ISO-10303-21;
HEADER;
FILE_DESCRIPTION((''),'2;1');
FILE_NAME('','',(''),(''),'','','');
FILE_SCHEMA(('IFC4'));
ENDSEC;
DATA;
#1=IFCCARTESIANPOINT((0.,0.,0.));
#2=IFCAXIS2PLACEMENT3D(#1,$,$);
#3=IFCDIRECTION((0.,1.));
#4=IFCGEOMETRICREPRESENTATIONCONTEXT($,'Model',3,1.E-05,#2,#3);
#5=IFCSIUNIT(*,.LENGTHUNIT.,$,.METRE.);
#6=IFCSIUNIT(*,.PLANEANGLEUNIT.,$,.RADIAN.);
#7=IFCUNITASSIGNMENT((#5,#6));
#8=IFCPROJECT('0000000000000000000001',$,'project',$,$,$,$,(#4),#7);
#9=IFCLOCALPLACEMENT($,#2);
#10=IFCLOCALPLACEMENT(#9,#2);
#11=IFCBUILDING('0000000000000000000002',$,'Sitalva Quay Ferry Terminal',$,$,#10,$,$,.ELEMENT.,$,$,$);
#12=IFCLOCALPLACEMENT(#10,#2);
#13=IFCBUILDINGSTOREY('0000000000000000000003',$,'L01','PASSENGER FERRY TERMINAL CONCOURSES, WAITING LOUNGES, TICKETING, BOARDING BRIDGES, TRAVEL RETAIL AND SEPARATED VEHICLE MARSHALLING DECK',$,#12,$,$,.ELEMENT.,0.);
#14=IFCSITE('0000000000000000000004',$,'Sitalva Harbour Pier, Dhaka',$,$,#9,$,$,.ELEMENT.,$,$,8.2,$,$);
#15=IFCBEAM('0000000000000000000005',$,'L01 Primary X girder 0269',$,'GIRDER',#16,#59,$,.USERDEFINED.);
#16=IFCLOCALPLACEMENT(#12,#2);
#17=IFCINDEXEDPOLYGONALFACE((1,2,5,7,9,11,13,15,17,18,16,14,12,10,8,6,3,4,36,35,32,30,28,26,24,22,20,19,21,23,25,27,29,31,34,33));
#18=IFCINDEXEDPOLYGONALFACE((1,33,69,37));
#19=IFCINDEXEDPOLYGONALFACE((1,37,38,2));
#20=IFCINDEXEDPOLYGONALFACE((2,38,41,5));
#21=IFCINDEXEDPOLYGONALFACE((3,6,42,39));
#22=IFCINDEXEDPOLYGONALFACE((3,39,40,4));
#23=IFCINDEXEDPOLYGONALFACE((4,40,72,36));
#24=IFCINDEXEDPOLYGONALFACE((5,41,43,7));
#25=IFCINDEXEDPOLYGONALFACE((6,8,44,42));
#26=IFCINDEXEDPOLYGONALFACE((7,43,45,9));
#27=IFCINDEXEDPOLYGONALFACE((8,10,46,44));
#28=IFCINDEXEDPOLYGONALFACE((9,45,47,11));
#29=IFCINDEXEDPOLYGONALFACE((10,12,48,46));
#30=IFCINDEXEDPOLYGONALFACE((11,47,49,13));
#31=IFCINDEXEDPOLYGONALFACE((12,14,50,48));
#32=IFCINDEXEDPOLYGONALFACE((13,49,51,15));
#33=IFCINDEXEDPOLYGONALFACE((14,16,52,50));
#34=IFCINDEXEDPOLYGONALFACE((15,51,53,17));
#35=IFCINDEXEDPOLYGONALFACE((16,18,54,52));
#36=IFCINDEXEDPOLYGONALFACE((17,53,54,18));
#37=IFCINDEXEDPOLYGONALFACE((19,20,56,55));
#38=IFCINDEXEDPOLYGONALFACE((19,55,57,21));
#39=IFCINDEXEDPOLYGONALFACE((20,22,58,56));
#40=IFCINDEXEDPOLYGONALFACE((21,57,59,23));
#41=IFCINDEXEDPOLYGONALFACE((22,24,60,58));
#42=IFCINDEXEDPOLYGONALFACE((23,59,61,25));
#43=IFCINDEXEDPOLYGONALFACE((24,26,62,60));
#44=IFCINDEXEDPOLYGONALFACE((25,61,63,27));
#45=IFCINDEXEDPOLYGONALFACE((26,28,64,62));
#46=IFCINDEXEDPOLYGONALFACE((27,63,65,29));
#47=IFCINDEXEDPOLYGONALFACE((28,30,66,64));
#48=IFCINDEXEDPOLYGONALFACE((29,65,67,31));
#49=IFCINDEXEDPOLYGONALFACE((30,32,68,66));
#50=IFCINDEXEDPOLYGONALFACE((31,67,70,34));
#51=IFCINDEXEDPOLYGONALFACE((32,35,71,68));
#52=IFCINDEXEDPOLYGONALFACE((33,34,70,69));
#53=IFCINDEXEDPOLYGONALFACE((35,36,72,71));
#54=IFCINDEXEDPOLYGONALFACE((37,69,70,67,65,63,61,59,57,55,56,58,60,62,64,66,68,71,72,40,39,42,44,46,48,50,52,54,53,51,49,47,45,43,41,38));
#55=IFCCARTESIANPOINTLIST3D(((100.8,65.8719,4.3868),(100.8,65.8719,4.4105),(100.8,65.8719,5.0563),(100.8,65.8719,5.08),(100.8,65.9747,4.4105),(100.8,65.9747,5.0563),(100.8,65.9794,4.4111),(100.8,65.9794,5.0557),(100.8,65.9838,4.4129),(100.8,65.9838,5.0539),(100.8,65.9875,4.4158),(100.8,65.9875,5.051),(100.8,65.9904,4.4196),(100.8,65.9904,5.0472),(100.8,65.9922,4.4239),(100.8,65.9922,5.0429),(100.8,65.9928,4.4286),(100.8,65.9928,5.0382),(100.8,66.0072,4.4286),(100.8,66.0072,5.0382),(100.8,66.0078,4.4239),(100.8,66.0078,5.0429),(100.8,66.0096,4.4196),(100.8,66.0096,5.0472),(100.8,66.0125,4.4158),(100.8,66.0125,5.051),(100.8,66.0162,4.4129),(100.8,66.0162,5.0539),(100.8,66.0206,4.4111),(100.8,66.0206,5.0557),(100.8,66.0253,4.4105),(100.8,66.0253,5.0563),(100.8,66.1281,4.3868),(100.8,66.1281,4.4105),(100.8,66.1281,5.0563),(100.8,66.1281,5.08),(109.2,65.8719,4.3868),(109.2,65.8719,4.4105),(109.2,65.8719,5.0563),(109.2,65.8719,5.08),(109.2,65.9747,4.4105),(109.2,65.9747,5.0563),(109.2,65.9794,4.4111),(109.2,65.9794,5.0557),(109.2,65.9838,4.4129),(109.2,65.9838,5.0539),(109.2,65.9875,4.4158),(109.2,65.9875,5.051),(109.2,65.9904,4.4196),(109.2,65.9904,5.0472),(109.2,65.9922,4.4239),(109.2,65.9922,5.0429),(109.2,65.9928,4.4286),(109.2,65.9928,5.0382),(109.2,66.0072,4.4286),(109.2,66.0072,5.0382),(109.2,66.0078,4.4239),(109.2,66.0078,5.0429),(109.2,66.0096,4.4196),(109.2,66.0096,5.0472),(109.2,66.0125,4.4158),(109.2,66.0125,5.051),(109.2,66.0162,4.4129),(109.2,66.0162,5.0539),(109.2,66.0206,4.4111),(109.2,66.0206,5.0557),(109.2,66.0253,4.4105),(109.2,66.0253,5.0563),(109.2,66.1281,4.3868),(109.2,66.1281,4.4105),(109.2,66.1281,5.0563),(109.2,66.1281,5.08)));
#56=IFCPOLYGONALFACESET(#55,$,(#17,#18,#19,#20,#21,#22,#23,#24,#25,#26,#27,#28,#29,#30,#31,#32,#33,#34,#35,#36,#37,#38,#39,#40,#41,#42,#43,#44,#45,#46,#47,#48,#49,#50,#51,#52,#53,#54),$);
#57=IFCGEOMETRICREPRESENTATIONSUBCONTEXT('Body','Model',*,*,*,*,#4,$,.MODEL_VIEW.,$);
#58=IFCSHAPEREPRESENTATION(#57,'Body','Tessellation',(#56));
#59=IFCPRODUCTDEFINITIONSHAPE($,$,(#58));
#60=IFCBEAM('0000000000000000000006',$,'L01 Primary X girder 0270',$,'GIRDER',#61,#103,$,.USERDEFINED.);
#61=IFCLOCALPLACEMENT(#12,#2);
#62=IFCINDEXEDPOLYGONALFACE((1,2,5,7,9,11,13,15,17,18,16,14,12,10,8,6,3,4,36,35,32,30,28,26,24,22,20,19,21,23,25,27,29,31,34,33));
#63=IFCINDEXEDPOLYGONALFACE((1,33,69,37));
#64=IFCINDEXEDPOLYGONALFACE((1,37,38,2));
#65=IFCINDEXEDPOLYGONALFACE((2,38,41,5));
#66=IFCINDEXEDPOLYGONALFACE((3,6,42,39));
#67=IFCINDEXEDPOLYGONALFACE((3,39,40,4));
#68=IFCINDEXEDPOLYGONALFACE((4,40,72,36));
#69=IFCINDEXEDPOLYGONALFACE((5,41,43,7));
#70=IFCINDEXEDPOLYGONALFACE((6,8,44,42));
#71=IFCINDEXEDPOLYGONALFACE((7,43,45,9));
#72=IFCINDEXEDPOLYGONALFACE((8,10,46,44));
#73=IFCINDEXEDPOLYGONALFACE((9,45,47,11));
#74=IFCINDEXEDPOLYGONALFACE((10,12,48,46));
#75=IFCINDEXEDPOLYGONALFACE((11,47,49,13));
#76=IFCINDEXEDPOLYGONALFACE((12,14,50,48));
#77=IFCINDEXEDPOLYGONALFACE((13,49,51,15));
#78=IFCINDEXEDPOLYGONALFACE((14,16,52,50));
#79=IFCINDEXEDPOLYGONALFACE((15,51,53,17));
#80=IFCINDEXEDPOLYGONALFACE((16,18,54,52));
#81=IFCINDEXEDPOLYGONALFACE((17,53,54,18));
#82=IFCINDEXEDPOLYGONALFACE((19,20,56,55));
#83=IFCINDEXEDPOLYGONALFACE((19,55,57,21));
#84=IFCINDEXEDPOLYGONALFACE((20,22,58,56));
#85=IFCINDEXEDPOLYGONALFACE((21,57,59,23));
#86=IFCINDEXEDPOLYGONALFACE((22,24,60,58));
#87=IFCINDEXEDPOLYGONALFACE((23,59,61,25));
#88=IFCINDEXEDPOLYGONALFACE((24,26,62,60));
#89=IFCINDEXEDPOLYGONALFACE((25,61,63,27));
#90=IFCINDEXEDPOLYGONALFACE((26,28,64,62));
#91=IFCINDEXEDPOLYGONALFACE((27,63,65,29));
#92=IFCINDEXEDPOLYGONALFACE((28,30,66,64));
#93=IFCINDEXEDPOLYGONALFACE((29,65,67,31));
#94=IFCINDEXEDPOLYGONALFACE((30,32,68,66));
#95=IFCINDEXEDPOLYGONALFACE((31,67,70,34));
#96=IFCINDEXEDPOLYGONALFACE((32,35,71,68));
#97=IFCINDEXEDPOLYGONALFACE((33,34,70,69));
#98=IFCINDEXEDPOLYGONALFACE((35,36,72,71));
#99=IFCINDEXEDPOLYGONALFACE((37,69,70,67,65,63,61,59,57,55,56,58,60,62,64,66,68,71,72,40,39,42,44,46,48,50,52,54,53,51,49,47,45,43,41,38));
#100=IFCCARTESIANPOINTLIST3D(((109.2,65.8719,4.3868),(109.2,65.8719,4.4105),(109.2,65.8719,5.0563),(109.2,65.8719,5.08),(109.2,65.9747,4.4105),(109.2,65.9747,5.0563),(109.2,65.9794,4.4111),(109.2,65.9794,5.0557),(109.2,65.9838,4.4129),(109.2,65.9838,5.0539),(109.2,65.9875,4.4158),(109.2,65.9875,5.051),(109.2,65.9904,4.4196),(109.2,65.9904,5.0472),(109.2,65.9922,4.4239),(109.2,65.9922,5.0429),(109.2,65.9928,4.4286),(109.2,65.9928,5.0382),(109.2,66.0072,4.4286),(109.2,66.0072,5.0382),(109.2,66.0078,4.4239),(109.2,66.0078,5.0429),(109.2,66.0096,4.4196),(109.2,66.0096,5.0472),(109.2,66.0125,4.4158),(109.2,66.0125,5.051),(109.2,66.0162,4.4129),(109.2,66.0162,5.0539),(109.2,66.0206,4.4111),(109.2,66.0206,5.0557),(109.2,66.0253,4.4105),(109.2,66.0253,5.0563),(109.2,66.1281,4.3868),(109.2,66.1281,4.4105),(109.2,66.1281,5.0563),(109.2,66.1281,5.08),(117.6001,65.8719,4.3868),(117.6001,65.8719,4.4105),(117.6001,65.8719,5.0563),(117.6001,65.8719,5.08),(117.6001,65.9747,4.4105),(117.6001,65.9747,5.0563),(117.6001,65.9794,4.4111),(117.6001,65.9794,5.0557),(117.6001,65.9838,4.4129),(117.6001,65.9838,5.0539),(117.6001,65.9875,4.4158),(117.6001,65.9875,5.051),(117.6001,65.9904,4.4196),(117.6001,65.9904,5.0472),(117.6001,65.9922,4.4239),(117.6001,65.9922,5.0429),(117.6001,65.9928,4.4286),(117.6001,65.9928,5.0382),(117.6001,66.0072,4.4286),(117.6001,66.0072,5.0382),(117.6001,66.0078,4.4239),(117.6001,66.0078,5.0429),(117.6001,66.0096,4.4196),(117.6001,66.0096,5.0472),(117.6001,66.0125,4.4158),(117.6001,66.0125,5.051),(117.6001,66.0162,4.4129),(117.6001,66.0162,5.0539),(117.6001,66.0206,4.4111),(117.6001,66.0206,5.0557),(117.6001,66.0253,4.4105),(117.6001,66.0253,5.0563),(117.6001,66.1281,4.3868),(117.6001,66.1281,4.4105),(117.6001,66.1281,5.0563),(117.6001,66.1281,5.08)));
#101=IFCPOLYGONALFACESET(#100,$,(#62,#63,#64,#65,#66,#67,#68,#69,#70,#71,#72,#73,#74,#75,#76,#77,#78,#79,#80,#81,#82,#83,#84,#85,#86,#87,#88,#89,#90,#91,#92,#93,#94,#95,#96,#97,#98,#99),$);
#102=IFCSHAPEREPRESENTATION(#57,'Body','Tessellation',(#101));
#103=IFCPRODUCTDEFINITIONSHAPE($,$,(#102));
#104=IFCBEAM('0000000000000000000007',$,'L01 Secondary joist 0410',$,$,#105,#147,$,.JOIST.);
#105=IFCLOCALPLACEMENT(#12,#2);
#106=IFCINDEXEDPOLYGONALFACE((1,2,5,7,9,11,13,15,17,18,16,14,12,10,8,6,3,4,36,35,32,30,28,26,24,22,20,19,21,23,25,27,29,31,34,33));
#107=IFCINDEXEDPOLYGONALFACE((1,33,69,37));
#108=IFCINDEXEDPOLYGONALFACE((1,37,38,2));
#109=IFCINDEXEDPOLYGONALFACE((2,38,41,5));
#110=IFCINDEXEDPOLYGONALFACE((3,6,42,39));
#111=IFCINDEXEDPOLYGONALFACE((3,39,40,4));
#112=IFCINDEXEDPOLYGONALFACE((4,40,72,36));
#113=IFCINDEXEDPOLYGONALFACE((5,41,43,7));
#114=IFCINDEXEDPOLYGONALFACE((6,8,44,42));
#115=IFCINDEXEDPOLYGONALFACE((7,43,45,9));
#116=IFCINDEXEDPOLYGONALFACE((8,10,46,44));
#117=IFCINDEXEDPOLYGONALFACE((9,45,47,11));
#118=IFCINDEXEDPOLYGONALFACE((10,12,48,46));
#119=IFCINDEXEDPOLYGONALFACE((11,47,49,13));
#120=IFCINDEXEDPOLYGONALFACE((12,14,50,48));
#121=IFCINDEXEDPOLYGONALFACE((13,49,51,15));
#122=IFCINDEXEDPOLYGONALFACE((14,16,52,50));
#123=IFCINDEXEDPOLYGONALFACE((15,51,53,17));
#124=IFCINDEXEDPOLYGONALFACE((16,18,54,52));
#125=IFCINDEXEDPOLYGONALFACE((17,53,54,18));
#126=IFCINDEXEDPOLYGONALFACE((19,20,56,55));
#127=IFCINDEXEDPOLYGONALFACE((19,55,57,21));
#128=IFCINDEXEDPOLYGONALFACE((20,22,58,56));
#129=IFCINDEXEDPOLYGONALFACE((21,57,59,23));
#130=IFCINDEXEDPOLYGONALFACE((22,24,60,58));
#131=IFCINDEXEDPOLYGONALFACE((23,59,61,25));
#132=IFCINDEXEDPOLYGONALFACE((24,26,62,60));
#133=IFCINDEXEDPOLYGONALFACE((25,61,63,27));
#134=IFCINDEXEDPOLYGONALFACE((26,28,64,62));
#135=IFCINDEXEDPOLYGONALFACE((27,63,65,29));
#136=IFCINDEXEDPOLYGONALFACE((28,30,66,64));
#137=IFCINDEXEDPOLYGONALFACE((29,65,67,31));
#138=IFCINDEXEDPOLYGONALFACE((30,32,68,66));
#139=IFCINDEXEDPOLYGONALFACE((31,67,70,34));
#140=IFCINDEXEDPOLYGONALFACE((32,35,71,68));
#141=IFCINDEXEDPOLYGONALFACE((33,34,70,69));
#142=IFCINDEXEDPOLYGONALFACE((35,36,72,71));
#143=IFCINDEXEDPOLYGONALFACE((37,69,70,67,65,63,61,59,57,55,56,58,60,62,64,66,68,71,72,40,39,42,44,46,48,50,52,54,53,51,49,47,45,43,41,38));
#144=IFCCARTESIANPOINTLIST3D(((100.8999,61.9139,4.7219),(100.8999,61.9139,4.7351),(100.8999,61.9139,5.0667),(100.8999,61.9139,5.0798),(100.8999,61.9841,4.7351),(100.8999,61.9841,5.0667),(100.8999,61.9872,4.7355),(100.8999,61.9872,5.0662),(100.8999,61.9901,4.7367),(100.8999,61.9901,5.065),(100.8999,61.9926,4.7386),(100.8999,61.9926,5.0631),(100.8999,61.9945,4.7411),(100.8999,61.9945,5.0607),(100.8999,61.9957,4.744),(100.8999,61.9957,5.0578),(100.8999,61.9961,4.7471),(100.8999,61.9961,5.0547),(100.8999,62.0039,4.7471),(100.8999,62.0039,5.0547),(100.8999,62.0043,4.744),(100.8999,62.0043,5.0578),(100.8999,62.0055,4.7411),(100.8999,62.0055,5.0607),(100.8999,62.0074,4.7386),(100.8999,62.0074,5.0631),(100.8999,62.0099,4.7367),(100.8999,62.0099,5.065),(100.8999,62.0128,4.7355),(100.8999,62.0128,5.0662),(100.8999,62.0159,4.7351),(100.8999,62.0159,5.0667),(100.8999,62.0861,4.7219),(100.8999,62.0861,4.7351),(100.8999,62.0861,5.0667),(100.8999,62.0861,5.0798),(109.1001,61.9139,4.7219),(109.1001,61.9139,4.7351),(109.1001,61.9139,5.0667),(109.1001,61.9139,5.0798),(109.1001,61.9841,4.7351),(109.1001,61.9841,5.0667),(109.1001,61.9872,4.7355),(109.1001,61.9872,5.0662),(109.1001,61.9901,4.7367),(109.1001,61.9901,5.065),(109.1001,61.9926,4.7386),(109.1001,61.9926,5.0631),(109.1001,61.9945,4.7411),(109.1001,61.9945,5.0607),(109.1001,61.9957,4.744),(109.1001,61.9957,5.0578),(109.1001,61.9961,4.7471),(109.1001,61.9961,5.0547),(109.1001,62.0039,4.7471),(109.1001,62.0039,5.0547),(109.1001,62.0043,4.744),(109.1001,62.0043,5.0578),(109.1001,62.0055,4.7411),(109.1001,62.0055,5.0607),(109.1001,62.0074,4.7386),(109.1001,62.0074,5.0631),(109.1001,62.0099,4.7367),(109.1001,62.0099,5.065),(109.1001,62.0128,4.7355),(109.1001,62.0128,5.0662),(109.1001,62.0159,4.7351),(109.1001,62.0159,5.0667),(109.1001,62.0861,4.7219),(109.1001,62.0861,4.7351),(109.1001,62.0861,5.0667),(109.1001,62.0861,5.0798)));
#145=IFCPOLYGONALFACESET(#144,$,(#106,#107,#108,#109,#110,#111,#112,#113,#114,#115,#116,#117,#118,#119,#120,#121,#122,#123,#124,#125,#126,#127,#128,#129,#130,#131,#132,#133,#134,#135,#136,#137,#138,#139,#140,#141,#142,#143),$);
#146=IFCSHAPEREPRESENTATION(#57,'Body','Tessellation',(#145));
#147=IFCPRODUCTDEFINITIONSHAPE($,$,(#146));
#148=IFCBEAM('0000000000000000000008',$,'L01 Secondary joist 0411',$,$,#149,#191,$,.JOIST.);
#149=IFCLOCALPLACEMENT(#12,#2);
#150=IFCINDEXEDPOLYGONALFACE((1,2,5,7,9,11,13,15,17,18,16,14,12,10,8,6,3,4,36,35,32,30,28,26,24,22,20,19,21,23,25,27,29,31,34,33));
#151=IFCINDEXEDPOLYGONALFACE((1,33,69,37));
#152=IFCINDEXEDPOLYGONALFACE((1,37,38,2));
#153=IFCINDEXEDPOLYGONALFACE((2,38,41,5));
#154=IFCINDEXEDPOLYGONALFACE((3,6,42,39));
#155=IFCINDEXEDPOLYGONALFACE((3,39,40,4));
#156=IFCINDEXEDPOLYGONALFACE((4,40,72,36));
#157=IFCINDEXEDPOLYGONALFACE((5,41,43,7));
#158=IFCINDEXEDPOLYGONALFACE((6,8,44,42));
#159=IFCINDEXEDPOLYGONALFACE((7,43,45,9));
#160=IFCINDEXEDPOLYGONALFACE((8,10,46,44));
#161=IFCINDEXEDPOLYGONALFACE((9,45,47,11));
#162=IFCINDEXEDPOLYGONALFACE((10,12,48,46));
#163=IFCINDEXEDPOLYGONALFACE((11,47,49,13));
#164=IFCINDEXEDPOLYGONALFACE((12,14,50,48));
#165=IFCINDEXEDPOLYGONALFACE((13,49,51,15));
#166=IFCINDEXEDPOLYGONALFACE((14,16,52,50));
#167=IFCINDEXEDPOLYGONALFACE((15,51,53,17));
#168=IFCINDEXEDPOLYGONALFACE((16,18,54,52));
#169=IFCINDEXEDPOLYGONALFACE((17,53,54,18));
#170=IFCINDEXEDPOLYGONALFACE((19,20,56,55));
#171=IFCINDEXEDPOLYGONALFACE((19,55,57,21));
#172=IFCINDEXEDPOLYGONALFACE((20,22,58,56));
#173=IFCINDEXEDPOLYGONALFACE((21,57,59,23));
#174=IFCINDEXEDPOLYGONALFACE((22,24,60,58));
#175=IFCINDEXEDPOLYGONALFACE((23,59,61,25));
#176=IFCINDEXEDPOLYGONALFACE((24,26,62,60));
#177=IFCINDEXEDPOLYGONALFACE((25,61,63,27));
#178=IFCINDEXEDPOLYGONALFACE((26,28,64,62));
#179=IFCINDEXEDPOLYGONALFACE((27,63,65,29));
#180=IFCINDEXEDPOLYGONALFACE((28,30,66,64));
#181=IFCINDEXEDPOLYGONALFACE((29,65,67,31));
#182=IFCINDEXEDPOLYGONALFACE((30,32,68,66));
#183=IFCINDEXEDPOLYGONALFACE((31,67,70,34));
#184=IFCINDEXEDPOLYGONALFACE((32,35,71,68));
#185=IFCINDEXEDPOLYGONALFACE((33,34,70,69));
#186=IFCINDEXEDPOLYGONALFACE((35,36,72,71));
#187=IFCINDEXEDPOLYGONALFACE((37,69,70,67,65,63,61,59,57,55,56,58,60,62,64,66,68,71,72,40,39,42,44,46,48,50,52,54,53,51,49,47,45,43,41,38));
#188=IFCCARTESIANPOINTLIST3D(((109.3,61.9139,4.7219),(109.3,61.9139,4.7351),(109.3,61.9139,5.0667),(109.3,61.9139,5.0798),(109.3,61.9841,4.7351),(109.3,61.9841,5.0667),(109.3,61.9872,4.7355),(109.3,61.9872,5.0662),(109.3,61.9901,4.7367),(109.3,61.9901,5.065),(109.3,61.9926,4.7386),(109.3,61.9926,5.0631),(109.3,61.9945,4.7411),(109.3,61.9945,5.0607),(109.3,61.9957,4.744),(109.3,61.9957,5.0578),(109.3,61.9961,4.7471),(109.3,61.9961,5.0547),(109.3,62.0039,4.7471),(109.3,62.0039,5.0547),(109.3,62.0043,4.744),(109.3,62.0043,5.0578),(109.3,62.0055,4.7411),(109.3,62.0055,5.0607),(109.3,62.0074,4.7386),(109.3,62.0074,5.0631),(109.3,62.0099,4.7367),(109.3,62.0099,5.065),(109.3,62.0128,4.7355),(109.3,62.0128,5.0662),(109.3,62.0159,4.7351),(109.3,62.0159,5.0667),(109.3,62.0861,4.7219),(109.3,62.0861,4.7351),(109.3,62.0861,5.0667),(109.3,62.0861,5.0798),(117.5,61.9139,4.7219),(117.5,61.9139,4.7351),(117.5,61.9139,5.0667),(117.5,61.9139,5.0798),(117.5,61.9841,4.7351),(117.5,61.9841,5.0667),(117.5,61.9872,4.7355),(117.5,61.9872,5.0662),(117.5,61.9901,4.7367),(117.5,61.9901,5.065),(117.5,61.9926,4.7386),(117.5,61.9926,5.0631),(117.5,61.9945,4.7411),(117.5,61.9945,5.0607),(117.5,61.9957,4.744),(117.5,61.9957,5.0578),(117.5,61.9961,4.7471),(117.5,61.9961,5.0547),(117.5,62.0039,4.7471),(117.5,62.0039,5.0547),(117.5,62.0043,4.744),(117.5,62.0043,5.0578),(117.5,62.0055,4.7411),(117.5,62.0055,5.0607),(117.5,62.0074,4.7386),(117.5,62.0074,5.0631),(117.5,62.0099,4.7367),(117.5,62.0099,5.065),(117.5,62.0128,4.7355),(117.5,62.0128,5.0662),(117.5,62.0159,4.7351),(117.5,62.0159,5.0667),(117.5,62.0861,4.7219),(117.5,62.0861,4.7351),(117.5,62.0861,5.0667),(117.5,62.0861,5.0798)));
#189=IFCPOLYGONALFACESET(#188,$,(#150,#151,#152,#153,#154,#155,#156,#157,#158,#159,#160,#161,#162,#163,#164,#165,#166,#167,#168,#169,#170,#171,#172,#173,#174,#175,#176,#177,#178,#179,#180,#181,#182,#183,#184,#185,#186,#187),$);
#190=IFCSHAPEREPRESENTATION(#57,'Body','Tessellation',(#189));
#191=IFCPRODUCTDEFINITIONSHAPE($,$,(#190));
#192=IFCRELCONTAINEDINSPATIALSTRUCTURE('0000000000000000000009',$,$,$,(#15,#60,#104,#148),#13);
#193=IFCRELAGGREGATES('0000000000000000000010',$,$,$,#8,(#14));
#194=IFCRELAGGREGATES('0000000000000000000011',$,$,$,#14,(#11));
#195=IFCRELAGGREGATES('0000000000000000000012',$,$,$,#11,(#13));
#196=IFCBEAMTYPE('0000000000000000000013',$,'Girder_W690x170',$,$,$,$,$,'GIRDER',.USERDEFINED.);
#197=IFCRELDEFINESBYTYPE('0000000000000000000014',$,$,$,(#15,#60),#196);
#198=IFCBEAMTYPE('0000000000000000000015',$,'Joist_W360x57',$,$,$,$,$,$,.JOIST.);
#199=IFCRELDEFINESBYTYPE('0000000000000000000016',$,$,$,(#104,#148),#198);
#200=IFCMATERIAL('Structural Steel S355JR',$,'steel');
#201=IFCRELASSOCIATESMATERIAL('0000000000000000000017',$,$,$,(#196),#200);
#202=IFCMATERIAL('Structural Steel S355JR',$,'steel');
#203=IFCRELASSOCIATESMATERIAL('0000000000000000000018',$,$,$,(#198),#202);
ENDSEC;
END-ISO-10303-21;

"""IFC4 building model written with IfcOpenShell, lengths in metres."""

from ifc_helpers import new_model, si_unit, direction, frame, origin, origin_2d, place, context, subcontext, project, spatial, i_section, extrude, material, material_profile, profile_set, type_object, element, save


model = new_model("IFC4")

# Units and contexts
model_context = context("Model", 3, precision=1e-05, world=origin(), true_north=direction((0.0, 1.0)))
body_context = subcontext(model_context, "Body", "Model", "MODEL_VIEW")
ifc_project = project(units=[si_unit("LENGTHUNIT", "METRE"), si_unit("PLANEANGLEUNIT", "RADIAN")], contexts=[model_context])

# Site, building, storey
site_placement = place(None, origin())
site = spatial("IfcSite", under=ifc_project, at=site_placement, Name="Sitalva Harbour Pier, Dhaka", CompositionType="ELEMENT", RefElevation=8.2)
building_placement = place(site_placement, origin())
building = spatial("IfcBuilding", under=site, at=building_placement, Name="Sitalva Quay Ferry Terminal", CompositionType="ELEMENT")
storey_placement = place(building_placement, origin())
storey = spatial("IfcBuildingStorey", under=building, at=storey_placement, Name="L01", Description="PASSENGER FERRY TERMINAL CONCOURSES, WAITING LOUNGES, TICKETING, BOARDING BRIDGES, TRAVEL RETAIL AND SEPARATED VEHICLE MARSHALLING DECK", CompositionType="ELEMENT", Elevation=0.0)

# Beams
ifc_material_1 = material(Name="Structural Steel S355JR", Category="steel")
ifc_material_profile_1 = material_profile(ifc_material_1, i_section(OverallWidth=0.2561, OverallDepth=0.6931, WebThickness=0.0144, FlangeThickness=0.0237, FilletRadius=0.0181, at=origin_2d()), Name="W690x170")
ifc_profile_set_1 = profile_set([ifc_material_profile_1], Name="Structural Steel S355JR")
beam_type_1 = type_object("IfcBeamType", Name="Girder_W690x170", ElementType="GIRDER", PredefinedType="USERDEFINED", material=ifc_profile_set_1)
beam_1_placement = place(storey_placement, frame((100.8, 66.0, 4.7334), z_axis=(1.0, 0.0, 0.0), x_axis=(0.0, 1.0, 0.0)))
element("IfcBeam", 1, at=beam_1_placement, inside=storey, type_object=beam_type_1, Name="L01 Primary X girder 0269", ObjectType="GIRDER", PredefinedType="USERDEFINED", context=body_context, shape_type="SweptSolid", body=[
    extrude(i_section(OverallWidth=0.2561, OverallDepth=0.6931, WebThickness=0.0144, FlangeThickness=0.0237, FilletRadius=0.0181, at=origin_2d()), origin(), (0.0, 0.0, 1.0), 8.3999),
])
beam_2_placement = place(storey_placement, frame((109.2, 66.0, 4.7334), z_axis=(1.0, 0.0, 0.0), x_axis=(0.0, 1.0, 0.0)))
element("IfcBeam", 2, at=beam_2_placement, inside=storey, type_object=beam_type_1, Name="L01 Primary X girder 0270", ObjectType="GIRDER", PredefinedType="USERDEFINED", context=body_context, shape_type="SweptSolid", body=[
    extrude(i_section(OverallWidth=0.2561, OverallDepth=0.6931, WebThickness=0.0144, FlangeThickness=0.0237, FilletRadius=0.0181, at=origin_2d()), origin(), (0.0, 0.0, 1.0), 8.4001),
])
ifc_material_2 = material(Name="Structural Steel S355JR", Category="steel")
ifc_material_profile_2 = material_profile(ifc_material_2, i_section(OverallWidth=0.1721, OverallDepth=0.3579, WebThickness=0.0078, FlangeThickness=0.0132, FilletRadius=0.012, at=origin_2d()), Name="W360x57")
ifc_profile_set_2 = profile_set([ifc_material_profile_2], Name="Structural Steel S355JR")
beam_type_2 = type_object("IfcBeamType", Name="Joist_W360x57", PredefinedType="JOIST", material=ifc_profile_set_2)
beam_3_placement = place(storey_placement, frame((100.8999, 62.0, 4.9009), z_axis=(1.0, 0.0, 0.0), x_axis=(0.0, 1.0, 0.0)))
element("IfcBeam", 3, at=beam_3_placement, inside=storey, type_object=beam_type_2, Name="L01 Secondary joist 0410", PredefinedType="JOIST", context=body_context, shape_type="SweptSolid", body=[
    extrude(i_section(OverallWidth=0.1721, OverallDepth=0.3579, WebThickness=0.0078, FlangeThickness=0.0132, FilletRadius=0.012, at=origin_2d()), origin(), (0.0, 0.0, 1.0), 8.2002),
])
beam_4_placement = place(storey_placement, frame((109.3, 62.0, 4.9009), z_axis=(1.0, 0.0, 0.0), x_axis=(0.0, 1.0, 0.0)))
element("IfcBeam", 4, at=beam_4_placement, inside=storey, type_object=beam_type_2, Name="L01 Secondary joist 0411", PredefinedType="JOIST", context=body_context, shape_type="SweptSolid", body=[
    extrude(i_section(OverallWidth=0.1721, OverallDepth=0.3579, WebThickness=0.0078, FlangeThickness=0.0132, FilletRadius=0.012, at=origin_2d()), origin(), (0.0, 0.0, 1.0), 8.2),
])

save(model, "model.ifc")
